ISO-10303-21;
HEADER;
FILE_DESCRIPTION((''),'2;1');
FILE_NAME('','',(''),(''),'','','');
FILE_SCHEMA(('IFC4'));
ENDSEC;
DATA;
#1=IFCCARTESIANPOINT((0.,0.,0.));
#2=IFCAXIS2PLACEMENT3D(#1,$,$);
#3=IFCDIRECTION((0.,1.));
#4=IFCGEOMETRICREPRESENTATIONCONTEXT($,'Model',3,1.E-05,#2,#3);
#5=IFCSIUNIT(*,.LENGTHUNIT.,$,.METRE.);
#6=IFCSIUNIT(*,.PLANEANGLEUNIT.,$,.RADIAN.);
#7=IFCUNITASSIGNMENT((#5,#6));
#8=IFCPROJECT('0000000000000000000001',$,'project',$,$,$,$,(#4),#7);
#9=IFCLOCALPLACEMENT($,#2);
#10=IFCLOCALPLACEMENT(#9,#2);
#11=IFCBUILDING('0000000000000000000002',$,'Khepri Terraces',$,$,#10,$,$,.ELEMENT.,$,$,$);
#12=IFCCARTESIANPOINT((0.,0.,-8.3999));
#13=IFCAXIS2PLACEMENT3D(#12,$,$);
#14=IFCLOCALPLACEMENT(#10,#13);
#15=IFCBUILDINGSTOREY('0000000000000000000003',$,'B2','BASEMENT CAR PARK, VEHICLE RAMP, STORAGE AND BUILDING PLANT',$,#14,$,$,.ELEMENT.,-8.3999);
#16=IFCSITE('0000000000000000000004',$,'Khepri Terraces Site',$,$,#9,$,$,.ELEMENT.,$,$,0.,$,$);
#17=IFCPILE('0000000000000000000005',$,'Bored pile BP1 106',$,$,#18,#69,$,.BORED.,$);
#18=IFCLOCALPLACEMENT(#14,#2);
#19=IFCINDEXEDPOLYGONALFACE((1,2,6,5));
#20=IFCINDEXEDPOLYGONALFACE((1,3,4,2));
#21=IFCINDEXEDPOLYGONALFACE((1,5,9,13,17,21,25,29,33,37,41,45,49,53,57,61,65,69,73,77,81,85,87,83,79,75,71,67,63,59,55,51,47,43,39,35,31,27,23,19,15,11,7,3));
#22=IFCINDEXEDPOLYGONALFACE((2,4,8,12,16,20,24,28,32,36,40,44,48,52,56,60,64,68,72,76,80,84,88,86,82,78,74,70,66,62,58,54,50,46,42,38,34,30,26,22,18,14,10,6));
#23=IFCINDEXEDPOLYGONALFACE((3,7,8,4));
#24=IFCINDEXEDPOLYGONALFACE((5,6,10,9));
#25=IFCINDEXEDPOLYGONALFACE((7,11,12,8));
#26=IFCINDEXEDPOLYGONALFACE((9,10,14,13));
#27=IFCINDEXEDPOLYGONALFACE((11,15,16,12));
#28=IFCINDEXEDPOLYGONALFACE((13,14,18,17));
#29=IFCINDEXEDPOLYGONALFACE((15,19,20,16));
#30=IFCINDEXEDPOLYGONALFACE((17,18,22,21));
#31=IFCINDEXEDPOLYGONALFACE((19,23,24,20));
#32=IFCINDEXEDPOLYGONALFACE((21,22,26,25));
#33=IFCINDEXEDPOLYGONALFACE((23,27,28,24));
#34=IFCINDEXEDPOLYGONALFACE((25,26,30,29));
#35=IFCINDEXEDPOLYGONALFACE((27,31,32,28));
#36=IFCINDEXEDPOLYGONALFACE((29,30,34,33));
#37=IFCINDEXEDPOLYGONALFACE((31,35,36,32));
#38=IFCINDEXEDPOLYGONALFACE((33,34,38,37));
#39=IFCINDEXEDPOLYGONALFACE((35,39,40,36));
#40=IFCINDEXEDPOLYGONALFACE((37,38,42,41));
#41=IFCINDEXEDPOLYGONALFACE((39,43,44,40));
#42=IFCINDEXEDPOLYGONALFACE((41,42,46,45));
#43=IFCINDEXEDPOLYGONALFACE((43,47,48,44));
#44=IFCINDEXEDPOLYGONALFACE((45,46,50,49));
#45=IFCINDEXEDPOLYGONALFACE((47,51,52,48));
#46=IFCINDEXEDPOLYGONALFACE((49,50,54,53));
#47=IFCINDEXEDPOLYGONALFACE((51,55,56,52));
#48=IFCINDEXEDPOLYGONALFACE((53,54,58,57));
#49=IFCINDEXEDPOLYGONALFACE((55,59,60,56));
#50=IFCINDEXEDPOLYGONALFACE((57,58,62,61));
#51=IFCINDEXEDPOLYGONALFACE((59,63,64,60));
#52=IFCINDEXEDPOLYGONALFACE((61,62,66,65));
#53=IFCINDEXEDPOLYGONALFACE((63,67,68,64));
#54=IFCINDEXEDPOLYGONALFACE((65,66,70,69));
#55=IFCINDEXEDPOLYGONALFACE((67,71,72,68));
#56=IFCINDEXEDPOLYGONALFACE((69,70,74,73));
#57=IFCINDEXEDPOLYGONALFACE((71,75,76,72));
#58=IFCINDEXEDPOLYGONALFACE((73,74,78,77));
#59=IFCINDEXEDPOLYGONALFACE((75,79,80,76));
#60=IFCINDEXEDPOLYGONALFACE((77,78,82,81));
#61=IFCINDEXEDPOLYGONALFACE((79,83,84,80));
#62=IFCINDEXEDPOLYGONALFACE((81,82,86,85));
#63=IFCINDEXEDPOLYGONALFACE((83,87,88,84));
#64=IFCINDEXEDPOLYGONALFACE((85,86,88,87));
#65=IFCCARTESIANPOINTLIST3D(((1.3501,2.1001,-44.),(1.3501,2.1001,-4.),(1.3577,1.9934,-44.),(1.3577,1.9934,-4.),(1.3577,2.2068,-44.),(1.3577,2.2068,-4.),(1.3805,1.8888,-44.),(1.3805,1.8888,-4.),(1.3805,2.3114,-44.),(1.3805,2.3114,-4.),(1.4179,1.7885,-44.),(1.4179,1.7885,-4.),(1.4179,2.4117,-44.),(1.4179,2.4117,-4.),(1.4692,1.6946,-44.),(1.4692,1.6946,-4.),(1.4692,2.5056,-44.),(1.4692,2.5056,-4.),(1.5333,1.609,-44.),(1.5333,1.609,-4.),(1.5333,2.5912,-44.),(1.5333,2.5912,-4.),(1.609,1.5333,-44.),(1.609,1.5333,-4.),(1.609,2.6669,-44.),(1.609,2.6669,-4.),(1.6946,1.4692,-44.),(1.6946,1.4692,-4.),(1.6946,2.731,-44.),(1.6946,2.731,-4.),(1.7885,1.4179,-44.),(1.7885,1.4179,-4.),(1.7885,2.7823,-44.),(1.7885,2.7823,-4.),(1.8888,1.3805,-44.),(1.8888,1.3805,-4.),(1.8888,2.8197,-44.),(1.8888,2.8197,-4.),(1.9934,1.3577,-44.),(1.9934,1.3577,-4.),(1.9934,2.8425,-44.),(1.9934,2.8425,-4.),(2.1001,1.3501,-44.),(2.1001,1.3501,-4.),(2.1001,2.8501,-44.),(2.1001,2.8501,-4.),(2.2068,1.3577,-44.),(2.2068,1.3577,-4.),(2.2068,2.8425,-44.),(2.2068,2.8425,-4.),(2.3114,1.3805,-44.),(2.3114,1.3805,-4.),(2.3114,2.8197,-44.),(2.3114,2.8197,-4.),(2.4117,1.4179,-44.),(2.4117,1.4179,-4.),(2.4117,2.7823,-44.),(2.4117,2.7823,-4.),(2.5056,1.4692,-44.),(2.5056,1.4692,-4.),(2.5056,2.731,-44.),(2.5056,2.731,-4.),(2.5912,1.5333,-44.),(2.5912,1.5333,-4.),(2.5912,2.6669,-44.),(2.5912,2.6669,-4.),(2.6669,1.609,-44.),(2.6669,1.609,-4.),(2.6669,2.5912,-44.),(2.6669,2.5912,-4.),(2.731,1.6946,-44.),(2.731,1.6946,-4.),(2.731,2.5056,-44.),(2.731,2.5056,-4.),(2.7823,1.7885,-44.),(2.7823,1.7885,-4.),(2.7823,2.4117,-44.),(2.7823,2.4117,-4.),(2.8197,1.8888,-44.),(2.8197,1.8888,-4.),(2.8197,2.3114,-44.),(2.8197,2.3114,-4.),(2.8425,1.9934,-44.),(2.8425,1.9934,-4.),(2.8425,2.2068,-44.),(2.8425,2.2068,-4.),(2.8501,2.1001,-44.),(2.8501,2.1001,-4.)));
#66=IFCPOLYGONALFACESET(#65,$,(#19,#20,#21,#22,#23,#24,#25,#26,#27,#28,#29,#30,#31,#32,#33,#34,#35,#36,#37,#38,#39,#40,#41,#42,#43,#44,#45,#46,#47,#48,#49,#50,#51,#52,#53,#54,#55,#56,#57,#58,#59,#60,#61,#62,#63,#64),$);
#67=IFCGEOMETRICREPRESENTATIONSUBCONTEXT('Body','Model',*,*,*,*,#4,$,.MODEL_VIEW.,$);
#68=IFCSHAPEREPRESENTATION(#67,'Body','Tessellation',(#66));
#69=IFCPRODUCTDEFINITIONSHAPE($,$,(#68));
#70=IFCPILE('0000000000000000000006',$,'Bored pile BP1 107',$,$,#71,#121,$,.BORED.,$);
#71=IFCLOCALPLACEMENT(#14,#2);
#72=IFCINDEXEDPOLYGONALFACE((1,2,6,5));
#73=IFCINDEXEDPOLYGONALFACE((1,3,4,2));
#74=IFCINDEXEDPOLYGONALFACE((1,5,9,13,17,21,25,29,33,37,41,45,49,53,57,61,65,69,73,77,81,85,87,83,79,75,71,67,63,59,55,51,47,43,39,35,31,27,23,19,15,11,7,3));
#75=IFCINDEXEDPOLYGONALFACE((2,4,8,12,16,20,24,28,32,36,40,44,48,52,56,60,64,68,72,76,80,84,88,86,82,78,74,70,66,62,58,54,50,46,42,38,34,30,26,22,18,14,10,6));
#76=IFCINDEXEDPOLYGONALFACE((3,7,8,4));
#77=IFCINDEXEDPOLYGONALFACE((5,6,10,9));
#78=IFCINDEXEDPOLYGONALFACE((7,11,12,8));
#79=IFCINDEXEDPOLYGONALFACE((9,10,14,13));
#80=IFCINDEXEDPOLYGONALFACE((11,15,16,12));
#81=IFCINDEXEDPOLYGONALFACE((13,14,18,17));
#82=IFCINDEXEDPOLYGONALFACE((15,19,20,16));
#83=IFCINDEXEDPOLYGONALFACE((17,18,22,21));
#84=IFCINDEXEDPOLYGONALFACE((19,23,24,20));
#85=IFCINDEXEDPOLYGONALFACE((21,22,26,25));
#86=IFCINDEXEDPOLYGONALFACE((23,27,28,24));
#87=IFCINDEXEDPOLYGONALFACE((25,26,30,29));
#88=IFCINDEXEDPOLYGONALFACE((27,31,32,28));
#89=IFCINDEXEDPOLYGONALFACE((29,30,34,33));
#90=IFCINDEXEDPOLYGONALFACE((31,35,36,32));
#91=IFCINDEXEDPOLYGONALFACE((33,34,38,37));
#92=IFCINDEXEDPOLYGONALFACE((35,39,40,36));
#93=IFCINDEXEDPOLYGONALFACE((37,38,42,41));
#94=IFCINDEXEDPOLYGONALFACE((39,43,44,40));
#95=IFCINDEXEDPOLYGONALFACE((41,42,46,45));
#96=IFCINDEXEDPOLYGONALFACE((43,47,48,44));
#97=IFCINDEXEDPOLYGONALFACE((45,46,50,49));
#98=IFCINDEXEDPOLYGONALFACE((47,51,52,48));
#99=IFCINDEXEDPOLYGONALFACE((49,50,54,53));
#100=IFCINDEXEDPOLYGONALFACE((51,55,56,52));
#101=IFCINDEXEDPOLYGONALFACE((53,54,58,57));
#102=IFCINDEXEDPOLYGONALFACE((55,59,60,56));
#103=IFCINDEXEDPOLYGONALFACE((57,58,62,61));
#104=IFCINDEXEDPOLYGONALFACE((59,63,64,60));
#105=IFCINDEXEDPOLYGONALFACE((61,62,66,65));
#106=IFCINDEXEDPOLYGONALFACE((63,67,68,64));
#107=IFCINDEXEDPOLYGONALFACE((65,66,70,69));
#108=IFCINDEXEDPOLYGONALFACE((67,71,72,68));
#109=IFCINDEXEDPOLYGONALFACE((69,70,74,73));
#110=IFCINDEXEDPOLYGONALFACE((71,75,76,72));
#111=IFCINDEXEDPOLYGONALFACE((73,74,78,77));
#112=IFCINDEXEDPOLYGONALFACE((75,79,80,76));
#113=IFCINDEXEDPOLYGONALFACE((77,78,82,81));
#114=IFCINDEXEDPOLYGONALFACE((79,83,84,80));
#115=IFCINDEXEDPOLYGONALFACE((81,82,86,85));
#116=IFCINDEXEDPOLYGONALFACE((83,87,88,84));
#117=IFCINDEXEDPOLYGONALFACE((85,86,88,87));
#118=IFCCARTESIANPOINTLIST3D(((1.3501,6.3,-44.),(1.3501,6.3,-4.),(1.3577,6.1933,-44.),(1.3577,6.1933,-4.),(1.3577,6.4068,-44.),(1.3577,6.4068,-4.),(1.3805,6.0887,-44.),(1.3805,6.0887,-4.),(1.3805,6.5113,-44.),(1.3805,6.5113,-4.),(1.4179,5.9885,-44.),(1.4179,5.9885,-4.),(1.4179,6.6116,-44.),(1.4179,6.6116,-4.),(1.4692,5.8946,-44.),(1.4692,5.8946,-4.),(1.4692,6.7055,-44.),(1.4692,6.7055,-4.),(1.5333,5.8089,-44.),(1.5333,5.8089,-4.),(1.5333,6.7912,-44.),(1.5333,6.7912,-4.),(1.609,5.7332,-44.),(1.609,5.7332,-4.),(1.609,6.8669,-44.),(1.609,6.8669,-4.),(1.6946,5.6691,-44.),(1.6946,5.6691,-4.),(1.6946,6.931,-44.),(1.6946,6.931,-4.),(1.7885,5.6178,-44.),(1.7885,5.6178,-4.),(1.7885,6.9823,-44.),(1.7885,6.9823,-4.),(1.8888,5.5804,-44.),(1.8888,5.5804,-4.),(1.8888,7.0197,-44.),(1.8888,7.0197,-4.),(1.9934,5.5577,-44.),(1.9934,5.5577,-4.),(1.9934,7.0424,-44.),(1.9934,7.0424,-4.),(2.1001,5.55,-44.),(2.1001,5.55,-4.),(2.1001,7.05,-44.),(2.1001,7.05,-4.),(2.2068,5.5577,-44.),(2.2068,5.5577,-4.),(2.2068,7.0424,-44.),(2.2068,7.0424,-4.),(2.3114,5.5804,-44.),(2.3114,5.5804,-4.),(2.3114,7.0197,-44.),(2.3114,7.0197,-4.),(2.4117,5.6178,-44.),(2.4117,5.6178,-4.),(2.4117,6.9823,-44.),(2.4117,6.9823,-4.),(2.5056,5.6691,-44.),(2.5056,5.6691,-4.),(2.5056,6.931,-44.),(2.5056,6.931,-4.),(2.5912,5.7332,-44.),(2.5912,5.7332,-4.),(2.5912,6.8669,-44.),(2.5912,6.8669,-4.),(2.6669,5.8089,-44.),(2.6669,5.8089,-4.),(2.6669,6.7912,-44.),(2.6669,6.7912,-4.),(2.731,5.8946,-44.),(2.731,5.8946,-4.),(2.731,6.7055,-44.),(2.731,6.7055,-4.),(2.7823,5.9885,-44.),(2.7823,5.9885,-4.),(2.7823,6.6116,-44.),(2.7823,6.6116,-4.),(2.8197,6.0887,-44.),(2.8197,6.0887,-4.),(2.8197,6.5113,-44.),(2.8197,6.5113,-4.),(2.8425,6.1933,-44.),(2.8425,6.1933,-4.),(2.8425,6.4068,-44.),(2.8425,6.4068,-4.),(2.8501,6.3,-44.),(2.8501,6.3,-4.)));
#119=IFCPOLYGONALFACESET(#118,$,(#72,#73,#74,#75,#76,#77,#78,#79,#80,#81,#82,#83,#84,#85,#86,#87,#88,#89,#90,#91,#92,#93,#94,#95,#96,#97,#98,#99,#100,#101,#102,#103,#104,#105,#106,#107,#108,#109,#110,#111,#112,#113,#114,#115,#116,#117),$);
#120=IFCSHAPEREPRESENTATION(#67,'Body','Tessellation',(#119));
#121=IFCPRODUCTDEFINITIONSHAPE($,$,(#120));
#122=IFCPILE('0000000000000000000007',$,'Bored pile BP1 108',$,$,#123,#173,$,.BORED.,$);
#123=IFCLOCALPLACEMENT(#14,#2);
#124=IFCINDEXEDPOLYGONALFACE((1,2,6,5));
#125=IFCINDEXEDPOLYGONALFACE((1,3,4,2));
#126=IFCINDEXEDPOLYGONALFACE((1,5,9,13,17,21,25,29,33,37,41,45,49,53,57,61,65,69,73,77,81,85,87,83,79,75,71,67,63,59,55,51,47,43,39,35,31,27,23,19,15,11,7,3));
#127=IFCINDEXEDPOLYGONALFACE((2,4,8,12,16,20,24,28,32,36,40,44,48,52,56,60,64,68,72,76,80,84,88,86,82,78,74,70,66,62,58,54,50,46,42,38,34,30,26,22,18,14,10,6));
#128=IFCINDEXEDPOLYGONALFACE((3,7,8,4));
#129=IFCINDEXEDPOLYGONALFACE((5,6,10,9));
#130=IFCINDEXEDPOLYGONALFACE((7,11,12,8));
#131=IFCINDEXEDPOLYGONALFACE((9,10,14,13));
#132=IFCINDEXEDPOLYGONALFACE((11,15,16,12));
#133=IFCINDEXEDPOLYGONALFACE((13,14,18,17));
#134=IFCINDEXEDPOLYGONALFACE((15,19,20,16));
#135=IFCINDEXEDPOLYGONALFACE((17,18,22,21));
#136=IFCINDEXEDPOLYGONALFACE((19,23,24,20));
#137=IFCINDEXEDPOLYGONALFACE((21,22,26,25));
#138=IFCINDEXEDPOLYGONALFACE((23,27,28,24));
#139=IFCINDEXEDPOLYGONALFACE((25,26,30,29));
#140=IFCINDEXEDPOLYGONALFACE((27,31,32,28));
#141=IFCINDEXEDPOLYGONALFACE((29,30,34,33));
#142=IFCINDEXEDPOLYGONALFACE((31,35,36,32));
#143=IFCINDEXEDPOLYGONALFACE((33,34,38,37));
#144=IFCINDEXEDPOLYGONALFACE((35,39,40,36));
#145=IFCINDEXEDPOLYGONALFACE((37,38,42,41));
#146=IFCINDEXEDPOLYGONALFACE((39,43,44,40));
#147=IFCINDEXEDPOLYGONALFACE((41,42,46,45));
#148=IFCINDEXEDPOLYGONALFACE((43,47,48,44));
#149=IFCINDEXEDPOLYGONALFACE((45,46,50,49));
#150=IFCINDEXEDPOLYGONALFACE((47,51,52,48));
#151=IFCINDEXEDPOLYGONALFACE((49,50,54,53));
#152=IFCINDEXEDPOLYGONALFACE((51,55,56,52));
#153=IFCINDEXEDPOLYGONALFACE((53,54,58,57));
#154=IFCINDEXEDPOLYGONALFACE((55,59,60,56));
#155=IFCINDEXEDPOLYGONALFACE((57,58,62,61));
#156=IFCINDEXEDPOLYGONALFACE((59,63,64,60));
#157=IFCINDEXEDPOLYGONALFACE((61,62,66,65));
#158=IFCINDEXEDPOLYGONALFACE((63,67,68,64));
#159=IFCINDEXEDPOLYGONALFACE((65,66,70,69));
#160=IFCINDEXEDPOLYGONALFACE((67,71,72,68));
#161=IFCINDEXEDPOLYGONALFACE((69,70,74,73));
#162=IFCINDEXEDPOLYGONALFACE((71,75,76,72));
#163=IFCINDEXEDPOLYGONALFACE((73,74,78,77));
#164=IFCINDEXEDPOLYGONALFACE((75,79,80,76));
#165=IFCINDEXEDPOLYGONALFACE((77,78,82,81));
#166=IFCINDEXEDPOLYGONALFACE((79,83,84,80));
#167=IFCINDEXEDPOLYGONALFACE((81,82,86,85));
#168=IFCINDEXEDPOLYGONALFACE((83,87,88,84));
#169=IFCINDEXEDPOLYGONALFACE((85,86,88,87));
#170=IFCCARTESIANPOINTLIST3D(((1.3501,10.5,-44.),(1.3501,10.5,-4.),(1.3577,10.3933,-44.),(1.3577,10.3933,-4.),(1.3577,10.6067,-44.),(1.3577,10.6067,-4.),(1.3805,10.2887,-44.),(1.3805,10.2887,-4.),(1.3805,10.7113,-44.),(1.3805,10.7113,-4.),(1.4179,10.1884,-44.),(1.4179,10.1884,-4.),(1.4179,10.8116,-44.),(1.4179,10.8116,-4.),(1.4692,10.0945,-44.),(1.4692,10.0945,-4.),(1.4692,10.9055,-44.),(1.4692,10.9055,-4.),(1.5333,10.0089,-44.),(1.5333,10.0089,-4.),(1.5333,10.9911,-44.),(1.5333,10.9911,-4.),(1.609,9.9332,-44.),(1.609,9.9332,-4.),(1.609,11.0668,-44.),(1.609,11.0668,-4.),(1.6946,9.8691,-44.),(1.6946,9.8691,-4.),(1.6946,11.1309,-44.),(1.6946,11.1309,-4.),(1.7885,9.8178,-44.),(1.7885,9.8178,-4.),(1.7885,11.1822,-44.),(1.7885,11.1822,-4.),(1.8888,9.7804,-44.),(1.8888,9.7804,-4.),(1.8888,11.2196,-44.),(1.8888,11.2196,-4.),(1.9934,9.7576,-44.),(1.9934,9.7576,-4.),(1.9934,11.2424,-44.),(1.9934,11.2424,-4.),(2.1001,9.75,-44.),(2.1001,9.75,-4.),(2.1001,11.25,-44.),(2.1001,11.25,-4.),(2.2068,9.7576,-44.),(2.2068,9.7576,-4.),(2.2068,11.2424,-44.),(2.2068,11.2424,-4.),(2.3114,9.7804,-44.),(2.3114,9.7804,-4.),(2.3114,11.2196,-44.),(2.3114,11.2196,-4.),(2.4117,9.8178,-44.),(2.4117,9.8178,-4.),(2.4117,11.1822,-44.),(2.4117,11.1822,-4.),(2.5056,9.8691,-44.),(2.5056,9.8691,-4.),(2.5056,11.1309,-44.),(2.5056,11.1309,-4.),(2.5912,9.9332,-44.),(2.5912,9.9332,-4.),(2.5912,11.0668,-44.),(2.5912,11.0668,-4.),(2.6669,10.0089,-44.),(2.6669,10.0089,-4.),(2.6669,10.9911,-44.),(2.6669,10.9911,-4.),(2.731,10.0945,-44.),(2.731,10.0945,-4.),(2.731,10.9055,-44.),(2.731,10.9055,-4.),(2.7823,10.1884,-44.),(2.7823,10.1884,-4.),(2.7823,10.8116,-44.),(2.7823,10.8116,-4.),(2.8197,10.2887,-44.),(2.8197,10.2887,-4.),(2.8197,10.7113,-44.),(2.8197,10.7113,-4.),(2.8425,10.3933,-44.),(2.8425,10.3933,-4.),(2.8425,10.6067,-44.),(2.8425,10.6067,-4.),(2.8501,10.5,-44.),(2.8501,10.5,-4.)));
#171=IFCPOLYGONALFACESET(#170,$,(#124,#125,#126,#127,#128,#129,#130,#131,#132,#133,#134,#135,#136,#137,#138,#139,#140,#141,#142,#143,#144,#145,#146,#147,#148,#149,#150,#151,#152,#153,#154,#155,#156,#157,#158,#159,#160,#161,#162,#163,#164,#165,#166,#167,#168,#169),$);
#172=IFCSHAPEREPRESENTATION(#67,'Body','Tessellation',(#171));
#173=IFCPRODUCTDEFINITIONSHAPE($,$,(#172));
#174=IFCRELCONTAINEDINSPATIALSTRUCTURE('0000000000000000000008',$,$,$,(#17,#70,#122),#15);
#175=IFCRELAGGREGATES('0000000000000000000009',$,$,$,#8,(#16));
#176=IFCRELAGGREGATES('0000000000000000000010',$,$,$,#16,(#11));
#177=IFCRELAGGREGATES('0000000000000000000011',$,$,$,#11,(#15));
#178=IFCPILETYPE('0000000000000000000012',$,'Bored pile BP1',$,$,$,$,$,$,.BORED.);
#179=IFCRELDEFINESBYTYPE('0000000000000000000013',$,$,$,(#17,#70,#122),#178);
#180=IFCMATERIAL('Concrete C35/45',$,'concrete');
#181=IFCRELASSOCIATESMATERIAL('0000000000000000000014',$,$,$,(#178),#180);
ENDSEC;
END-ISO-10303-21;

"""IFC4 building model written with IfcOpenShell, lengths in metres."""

from ifc_helpers import new_model, si_unit, direction, frame, origin, origin_2d, place, context, subcontext, project, spatial, circle, extrude, material, material_profile, profile_set, type_object, element, save


model = new_model("IFC4")

# Units and contexts
model_context = context("Model", 3, precision=1e-05, world=origin(), true_north=direction((0.0, 1.0)))
body_context = subcontext(model_context, "Body", "Model", "MODEL_VIEW")
ifc_project = project(units=[si_unit("LENGTHUNIT", "METRE"), si_unit("PLANEANGLEUNIT", "RADIAN")], contexts=[model_context])

# Site, building, storey
site_placement = place(None, origin())
site = spatial("IfcSite", under=ifc_project, at=site_placement, Name="Khepri Terraces Site", CompositionType="ELEMENT", RefElevation=0.0)
building_placement = place(site_placement, origin())
building = spatial("IfcBuilding", under=site, at=building_placement, Name="Khepri Terraces", CompositionType="ELEMENT")
storey_placement = place(building_placement, frame((0.0, 0.0, -8.3999)))
storey = spatial("IfcBuildingStorey", under=building, at=storey_placement, Name="B2", Description="BASEMENT CAR PARK, VEHICLE RAMP, STORAGE AND BUILDING PLANT", CompositionType="ELEMENT", Elevation=-8.3999)

# Piles
ifc_material_1 = material(Name="Concrete C35/45", Category="concrete")
ifc_material_profile_1 = material_profile(ifc_material_1, circle(Radius=0.75, at=origin_2d()), Name="Concrete C35/45", Category="concrete")
ifc_profile_set_1 = profile_set([ifc_material_profile_1], Name="Concrete C35/45")
pile_type = type_object("IfcPileType", Name="Bored pile BP1", PredefinedType="BORED", material=ifc_profile_set_1)
for number, where, z_axis, x_axis, name in (
    (1, (2.1001, 2.1001, -4.0), (0.0, 0.0, -1.0), (1.0, 0.0, 0.0), "Bored pile BP1 106"),
    (2, (2.1001, 6.3, -4.0), (0.0, 0.0, -1.0), (1.0, 0.0, 0.0), "Bored pile BP1 107"),
    (3, (2.1001, 10.5, -4.0), (0.0, 0.0, -1.0), (1.0, 0.0, 0.0), "Bored pile BP1 108"),
):
    element("IfcPile", number, at=place(storey_placement, frame(where, z_axis=z_axis, x_axis=x_axis)), inside=storey, type_object=pile_type, Name=name, PredefinedType="BORED", context=body_context, shape_type="SweptSolid", body=[
        extrude(circle(Radius=0.75, at=origin_2d()), origin(), (0.0, 0.0, 1.0), 40.0),
    ])

save(model, "model.ifc")
